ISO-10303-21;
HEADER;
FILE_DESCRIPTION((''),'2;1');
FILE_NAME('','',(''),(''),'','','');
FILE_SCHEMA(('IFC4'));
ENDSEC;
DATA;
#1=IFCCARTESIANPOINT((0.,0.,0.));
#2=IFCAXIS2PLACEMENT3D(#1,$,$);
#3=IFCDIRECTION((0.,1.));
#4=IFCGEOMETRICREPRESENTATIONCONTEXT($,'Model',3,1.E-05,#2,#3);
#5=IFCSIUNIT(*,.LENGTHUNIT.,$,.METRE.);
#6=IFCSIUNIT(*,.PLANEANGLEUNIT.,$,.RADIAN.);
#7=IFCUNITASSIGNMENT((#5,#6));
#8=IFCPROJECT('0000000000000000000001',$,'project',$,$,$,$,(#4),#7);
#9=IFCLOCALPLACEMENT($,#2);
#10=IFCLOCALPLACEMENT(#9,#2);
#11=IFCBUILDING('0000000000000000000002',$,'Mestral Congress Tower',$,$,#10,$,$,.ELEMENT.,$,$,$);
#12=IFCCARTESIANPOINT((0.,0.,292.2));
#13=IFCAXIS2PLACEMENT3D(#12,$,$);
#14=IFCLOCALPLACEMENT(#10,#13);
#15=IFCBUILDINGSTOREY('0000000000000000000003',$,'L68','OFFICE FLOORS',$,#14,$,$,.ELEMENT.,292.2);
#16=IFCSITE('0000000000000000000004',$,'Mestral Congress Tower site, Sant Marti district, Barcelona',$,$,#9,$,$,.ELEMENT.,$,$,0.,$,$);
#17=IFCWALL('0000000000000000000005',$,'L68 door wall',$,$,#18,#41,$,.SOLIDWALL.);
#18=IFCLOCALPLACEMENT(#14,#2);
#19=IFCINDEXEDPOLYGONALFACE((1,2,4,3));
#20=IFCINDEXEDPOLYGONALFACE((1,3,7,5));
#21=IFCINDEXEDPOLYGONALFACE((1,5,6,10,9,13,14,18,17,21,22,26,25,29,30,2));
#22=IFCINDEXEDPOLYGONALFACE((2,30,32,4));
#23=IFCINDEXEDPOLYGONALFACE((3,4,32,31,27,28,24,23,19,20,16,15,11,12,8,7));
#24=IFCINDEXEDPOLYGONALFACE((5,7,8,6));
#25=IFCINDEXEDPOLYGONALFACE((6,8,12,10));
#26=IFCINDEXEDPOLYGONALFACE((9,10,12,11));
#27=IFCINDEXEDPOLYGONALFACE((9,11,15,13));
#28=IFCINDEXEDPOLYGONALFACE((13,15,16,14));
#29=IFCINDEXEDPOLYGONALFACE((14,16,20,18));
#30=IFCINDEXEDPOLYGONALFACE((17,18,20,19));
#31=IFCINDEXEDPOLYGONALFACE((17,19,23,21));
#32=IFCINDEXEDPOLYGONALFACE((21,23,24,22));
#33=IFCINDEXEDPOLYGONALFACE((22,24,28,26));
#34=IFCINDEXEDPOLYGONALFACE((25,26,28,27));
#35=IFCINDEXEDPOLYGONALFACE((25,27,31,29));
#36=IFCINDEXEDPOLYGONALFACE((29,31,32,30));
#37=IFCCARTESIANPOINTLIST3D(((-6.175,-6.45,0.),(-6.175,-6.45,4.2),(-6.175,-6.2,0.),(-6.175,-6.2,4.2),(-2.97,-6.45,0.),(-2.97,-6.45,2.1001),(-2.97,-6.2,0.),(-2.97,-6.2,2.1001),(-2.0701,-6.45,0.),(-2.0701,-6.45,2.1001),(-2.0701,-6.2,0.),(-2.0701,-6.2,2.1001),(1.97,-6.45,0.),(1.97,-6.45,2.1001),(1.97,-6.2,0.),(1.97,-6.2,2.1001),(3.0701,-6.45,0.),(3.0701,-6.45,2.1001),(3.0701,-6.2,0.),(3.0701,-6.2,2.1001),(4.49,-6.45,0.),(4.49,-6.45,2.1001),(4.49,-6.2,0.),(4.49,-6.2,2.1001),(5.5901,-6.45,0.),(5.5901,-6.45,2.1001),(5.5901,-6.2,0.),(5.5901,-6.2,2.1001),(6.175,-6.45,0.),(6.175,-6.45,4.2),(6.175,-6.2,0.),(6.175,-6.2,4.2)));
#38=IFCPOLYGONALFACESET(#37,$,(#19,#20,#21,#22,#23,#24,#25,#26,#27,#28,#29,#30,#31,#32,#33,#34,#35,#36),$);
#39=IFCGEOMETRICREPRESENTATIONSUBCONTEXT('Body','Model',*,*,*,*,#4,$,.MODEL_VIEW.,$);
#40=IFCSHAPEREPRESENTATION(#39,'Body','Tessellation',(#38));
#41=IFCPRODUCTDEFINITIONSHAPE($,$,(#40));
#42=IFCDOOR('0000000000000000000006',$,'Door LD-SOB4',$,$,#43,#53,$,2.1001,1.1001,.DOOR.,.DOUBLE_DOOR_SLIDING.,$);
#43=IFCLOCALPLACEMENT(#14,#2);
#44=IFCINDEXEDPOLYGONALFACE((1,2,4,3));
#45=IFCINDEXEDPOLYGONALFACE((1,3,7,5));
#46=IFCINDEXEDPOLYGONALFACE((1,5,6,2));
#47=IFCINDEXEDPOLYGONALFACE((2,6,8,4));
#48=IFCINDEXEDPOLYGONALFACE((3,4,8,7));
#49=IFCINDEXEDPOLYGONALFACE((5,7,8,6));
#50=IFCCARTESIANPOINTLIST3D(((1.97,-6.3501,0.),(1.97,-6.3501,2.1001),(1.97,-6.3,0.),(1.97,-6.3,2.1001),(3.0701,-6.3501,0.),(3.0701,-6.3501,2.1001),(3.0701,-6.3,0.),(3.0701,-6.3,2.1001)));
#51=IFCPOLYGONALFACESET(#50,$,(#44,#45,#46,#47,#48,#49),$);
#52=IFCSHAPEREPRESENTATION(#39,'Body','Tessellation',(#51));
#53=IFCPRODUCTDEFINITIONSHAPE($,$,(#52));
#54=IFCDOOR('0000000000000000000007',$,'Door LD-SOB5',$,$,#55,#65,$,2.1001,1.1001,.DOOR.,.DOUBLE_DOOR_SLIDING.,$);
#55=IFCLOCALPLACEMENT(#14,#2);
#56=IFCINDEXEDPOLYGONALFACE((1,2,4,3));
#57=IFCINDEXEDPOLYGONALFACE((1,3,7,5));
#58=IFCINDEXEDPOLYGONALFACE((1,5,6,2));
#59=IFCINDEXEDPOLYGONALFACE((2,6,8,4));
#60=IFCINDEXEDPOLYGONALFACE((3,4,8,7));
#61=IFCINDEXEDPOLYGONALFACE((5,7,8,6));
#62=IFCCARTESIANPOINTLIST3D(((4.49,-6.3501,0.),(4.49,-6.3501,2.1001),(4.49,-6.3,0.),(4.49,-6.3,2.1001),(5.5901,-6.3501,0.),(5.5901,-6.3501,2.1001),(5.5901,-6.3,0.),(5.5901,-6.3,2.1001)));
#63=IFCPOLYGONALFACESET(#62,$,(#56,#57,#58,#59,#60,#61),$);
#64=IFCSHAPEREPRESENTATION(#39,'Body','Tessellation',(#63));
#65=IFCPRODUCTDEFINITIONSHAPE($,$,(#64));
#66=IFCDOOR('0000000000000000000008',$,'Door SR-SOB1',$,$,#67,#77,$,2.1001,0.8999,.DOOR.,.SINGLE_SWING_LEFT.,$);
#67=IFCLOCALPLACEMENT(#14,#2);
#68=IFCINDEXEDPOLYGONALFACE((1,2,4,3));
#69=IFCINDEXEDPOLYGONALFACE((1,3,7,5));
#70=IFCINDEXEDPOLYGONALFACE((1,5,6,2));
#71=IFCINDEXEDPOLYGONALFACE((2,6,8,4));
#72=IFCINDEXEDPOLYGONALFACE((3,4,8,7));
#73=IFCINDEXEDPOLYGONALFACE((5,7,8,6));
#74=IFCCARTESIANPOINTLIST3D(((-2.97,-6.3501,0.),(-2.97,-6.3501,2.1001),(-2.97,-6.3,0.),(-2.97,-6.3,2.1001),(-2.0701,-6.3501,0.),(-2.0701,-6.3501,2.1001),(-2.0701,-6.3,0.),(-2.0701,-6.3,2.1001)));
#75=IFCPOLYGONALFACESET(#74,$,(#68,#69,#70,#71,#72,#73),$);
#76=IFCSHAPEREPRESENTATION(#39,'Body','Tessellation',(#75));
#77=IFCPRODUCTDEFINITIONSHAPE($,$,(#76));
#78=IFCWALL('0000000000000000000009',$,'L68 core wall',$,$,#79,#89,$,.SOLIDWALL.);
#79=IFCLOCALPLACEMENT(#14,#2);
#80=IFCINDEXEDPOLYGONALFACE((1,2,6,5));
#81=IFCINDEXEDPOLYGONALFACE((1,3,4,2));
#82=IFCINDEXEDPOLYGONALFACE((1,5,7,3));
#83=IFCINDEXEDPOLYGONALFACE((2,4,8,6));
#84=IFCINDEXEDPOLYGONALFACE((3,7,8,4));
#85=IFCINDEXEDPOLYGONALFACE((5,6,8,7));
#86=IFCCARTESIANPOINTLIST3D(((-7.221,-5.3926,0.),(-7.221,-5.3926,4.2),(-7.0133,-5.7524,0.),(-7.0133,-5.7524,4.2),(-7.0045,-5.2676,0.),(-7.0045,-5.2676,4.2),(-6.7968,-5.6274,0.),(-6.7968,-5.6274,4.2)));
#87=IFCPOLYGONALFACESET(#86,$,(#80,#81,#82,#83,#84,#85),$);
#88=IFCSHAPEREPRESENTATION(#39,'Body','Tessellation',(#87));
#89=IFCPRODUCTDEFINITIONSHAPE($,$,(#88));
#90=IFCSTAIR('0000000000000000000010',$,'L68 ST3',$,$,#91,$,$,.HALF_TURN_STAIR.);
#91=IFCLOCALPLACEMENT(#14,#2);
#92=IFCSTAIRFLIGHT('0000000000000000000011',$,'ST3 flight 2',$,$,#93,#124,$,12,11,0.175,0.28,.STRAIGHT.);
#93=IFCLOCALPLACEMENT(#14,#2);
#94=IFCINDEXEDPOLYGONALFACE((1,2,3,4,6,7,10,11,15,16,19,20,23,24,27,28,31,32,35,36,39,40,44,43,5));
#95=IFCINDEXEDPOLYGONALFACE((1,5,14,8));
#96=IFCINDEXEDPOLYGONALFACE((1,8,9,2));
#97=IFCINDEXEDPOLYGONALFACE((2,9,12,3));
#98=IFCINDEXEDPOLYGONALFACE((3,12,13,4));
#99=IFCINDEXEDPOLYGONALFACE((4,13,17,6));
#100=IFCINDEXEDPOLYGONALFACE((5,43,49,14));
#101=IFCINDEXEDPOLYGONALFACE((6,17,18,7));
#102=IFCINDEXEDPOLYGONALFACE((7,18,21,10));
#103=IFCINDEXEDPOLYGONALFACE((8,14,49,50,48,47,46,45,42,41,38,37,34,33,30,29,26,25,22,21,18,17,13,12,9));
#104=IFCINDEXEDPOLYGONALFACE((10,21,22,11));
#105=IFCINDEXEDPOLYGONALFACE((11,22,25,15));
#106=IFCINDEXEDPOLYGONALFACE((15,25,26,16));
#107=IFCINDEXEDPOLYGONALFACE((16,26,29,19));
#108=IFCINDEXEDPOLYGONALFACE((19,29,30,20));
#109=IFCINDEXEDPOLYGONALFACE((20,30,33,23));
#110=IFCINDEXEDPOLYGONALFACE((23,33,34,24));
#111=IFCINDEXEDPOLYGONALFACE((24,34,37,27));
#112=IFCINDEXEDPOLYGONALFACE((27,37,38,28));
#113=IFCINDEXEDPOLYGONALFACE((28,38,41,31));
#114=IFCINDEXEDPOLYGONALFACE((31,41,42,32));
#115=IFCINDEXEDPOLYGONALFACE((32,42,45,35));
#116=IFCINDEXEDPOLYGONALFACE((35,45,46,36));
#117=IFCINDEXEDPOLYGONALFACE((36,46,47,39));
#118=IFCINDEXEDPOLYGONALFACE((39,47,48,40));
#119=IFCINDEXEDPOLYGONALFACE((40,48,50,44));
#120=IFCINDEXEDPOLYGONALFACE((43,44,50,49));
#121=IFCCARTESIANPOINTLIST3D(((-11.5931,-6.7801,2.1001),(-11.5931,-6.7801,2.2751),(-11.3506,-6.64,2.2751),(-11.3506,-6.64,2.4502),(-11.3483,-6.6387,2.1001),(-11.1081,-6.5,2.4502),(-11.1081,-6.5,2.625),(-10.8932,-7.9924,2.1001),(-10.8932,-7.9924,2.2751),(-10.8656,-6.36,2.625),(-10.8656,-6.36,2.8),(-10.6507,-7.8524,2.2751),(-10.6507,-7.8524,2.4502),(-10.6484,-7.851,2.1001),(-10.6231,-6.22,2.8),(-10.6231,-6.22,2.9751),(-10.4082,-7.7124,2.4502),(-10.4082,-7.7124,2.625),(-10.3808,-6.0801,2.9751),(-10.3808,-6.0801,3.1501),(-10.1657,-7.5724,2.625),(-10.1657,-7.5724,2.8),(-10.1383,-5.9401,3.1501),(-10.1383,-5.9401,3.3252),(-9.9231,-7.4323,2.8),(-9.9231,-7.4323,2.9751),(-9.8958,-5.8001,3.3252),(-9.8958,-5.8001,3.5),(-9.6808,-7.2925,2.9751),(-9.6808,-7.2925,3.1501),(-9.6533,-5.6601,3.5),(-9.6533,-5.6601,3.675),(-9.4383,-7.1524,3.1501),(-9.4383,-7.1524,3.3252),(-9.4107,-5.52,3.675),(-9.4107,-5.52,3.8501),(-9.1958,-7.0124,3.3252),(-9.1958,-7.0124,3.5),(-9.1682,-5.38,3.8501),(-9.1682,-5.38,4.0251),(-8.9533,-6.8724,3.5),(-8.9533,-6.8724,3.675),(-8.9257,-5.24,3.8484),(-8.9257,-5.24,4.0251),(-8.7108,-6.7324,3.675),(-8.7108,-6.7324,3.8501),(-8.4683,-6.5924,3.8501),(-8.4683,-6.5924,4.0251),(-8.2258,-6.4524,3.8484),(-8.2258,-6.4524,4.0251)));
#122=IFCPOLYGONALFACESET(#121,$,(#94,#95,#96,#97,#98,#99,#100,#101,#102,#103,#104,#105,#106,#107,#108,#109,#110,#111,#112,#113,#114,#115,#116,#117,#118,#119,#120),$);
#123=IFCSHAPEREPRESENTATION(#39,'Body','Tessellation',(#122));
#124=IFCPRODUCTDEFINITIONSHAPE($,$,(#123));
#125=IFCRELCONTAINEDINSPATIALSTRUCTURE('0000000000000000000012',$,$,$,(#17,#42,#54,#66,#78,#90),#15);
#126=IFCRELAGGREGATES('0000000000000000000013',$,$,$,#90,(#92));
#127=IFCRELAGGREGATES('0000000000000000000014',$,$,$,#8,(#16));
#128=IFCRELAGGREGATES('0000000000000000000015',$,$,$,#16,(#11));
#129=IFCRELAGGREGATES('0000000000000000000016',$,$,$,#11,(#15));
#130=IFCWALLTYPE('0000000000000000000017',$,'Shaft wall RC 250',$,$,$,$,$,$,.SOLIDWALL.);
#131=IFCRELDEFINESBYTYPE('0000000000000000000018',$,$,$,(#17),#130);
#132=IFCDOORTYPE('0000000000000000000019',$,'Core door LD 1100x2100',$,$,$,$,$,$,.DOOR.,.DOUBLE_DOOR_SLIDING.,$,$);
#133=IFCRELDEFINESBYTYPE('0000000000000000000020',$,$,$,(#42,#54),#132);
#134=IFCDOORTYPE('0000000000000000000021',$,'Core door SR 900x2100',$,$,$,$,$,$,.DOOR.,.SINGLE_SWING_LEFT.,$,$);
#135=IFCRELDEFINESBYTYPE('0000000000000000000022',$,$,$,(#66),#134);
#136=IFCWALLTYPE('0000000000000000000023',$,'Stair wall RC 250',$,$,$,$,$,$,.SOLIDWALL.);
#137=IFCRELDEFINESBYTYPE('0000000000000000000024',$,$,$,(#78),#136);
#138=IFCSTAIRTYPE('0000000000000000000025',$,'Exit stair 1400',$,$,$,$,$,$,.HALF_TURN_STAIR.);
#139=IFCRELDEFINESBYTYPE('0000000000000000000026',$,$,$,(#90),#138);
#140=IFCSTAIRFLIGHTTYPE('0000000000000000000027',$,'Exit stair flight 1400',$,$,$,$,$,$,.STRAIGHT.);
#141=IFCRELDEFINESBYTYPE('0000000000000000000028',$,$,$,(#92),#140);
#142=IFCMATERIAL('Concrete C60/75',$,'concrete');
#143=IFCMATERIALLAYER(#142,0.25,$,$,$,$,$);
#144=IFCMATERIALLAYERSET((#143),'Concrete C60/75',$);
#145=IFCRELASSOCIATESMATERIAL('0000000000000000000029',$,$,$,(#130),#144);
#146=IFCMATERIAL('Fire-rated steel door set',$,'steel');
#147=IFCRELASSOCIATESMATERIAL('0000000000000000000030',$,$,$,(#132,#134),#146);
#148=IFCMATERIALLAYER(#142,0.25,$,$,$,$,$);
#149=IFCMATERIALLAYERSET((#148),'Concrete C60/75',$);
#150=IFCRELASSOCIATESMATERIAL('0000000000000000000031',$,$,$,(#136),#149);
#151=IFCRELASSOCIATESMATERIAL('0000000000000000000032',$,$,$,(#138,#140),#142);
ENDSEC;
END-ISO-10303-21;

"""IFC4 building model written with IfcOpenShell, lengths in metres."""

from ifc_helpers import new_model, si_unit, direction, frame, frame_2d, origin, place, context, subcontext, project, spatial, polyline, rectangle, outline, extrude, material, layer, layer_set, type_object, element, fill, aggregate, save


model = new_model("IFC4")

# Units and contexts
model_context = context("Model", 3, precision=1e-05, world=origin(), true_north=direction((0.0, 1.0)))
body_context = subcontext(model_context, "Body", "Model", "MODEL_VIEW")
ifc_project = project(units=[si_unit("LENGTHUNIT", "METRE"), si_unit("PLANEANGLEUNIT", "RADIAN")], contexts=[model_context])

# Site, building, storey
site_placement = place(None, origin())
site = spatial("IfcSite", under=ifc_project, at=site_placement, Name="Mestral Congress Tower site, Sant Marti district, Barcelona", CompositionType="ELEMENT", RefElevation=0.0)
building_placement = place(site_placement, origin())
building = spatial("IfcBuilding", under=site, at=building_placement, Name="Mestral Congress Tower", CompositionType="ELEMENT")
storey_placement = place(building_placement, frame((0.0, 0.0, 292.2)))
storey = spatial("IfcBuildingStorey", under=building, at=storey_placement, Name="L68", Description="OFFICE FLOORS", CompositionType="ELEMENT", Elevation=292.2)

# Shared definitions
ifc_material_1 = material(Name="Concrete C60/75", Category="concrete")

# Shared definitions
ifc_material_2 = material(Name="Fire-rated steel door set", Category="steel")

# Shared definitions
ifc_layer_1 = layer(ifc_material_1, 0.25)
ifc_layer_set_1 = layer_set([ifc_layer_1], Name="Concrete C60/75")
wall_type_1 = type_object("IfcWallType", Name="Shaft wall RC 250", PredefinedType="SOLIDWALL", material=ifc_layer_set_1)

# Wall, openings, doors
wall_1_placement = place(storey_placement, frame((-6.175, -6.325, 0.0), z_axis=(0.0, 0.0, 1.0), x_axis=(1.0, 0.0, 0.0)))
wall_1 = element("IfcWall", 1, at=wall_1_placement, inside=storey, type_object=wall_type_1, Name="L68 door wall", PredefinedType="SOLIDWALL", context=body_context, shape_type="SweptSolid", body=[
    extrude(rectangle(XDim=12.3501, YDim=0.25, at=frame_2d((6.175, 0.0))), origin(), (0.0, 0.0, 1.0), 4.2),
])
opening_1_placement = place(wall_1_placement, frame((3.2051, 0.0, 0.0)))
opening_1 = element("IfcOpeningElement", 2, at=opening_1_placement, cuts=wall_1, PredefinedType="OPENING", context=body_context, shape_type="SweptSolid", body=[
    extrude(rectangle(XDim=0.8999, YDim=2.1001, at=frame_2d((0.45, 1.05))), frame((0.0, 0.135, 0.0), z_axis=(0.0, -1.0, 0.0), x_axis=(1.0, 0.0, 0.0)), (0.0, 0.0, 1.0), 0.27),
])
opening_2_placement = place(wall_1_placement, frame((8.145, 0.0, 0.0)))
opening_2 = element("IfcOpeningElement", 3, at=opening_2_placement, cuts=wall_1, PredefinedType="OPENING", context=body_context, shape_type="SweptSolid", body=[
    extrude(rectangle(XDim=1.1001, YDim=2.1001, at=frame_2d((0.55, 1.05))), frame((0.0, 0.135, 0.0), z_axis=(0.0, -1.0, 0.0), x_axis=(1.0, 0.0, 0.0)), (0.0, 0.0, 1.0), 0.27),
])
opening_3_placement = place(wall_1_placement, frame((10.665, 0.0, 0.0)))
opening_3 = element("IfcOpeningElement", 4, at=opening_3_placement, cuts=wall_1, PredefinedType="OPENING", context=body_context, shape_type="SweptSolid", body=[
    extrude(rectangle(XDim=1.1001, YDim=2.1001, at=frame_2d((0.55, 1.05))), frame((0.0, 0.135, 0.0), z_axis=(0.0, -1.0, 0.0), x_axis=(1.0, 0.0, 0.0)), (0.0, 0.0, 1.0), 0.27),
])
door_type_1 = type_object("IfcDoorType", Name="Core door LD 1100x2100", OperationType="DOUBLE_DOOR_SLIDING", PredefinedType="DOOR", material=ifc_material_2)
door_1_placement = place(opening_2_placement, origin())
door_1 = element("IfcDoor", 5, at=door_1_placement, inside=storey, type_object=door_type_1, Name="Door LD-SOB4", OperationType="DOUBLE_DOOR_SLIDING", OverallHeight=2.1001, OverallWidth=1.1001, PredefinedType="DOOR", context=body_context, shape_type="SweptSolid", body=[
    extrude(rectangle(XDim=1.1001, YDim=2.1001, at=frame_2d((0.55, 1.05))), frame((0.0, 0.0249, 0.0), z_axis=(0.0, -1.0, 0.0), x_axis=(1.0, 0.0, 0.0)), (0.0, 0.0, 1.0), 0.05),
])
fill(opening_2, door_1)
door_2_placement = place(opening_3_placement, origin())
door_2 = element("IfcDoor", 6, at=door_2_placement, inside=storey, type_object=door_type_1, Name="Door LD-SOB5", OperationType="DOUBLE_DOOR_SLIDING", OverallHeight=2.1001, OverallWidth=1.1001, PredefinedType="DOOR", context=body_context, shape_type="SweptSolid", body=[
    extrude(rectangle(XDim=1.1001, YDim=2.1001, at=frame_2d((0.55, 1.05))), frame((0.0, 0.0249, 0.0), z_axis=(0.0, -1.0, 0.0), x_axis=(1.0, 0.0, 0.0)), (0.0, 0.0, 1.0), 0.05),
])
fill(opening_3, door_2)
door_type_2 = type_object("IfcDoorType", Name="Core door SR 900x2100", OperationType="SINGLE_SWING_LEFT", PredefinedType="DOOR", material=ifc_material_2)
door_3_placement = place(opening_1_placement, origin())
door_3 = element("IfcDoor", 7, at=door_3_placement, inside=storey, type_object=door_type_2, Name="Door SR-SOB1", OperationType="SINGLE_SWING_LEFT", OverallHeight=2.1001, OverallWidth=0.8999, PredefinedType="DOOR", context=body_context, shape_type="SweptSolid", body=[
    extrude(rectangle(XDim=0.8999, YDim=2.1001, at=frame_2d((0.45, 1.05))), frame((0.0, 0.0249, 0.0), z_axis=(0.0, -1.0, 0.0), x_axis=(1.0, 0.0, 0.0)), (0.0, 0.0, 1.0), 0.05),
])
fill(opening_1, door_3)

# Wall
ifc_layer_2 = layer(ifc_material_1, 0.25)
ifc_layer_set_2 = layer_set([ifc_layer_2], Name="Concrete C60/75")
wall_type_2 = type_object("IfcWallType", Name="Stair wall RC 250", PredefinedType="SOLIDWALL", material=ifc_layer_set_2)
wall_2_placement = place(storey_placement, frame((-6.905, -5.6899, 0.0), z_axis=(0.0, 0.0, 1.0), x_axis=(-0.499994, 0.866029, 0.0)))
element("IfcWall", 8, at=wall_2_placement, inside=storey, type_object=wall_type_2, Name="L68 core wall", PredefinedType="SOLIDWALL", context=body_context, shape_type="SweptSolid", body=[
    extrude(rectangle(XDim=0.4155, YDim=0.25, at=frame_2d((0.2078, 0.0))), origin(), (0.0, 0.0, 1.0), 4.2),
])

# Stair, stair flight
stair_type = type_object("IfcStairType", Name="Exit stair 1400", PredefinedType="HALF_TURN_STAIR", material=ifc_material_1)
stair_placement = place(storey_placement, origin())
stair = element("IfcStair", 9, at=stair_placement, inside=storey, type_object=stair_type, Name="L68 ST3", PredefinedType="HALF_TURN_STAIR")
stair_flight_type = type_object("IfcStairFlightType", Name="Exit stair flight 1400", PredefinedType="STRAIGHT", material=ifc_material_1)
stair_flight_placement = place(storey_placement, frame((-11.2432, -7.3862, 2.1001), z_axis=(0.0, 0.0, 1.0), x_axis=(0.866025, 0.5, 0.0)))
stair_flight = element("IfcStairFlight", 10, at=stair_flight_placement, type_object=stair_flight_type, Name="ST3 flight 2", NumberOfRisers=12, NumberOfTreads=11, PredefinedType="STRAIGHT", RiserHeight=0.175, TreadLength=0.28, context=body_context, shape_type="SweptSolid", body=[
    extrude(outline(polyline([(0.0, 0.0), (0.0, 0.175), (0.28, 0.175), (0.28, 0.3501), (0.5601, 0.3501), (0.5601, 0.5249), (0.8401, 0.5249), (0.8401, 0.7), (1.1201, 0.7), (1.1201, 0.875), (1.3999, 0.875), (1.3999, 1.05), (1.6799, 1.05), (1.6799, 1.2251), (1.96, 1.2251), (1.96, 1.3999), (2.24, 1.3999), (2.24, 1.575), (2.52, 1.575), (2.52, 1.75), (2.8, 1.75), (2.8, 1.925), (3.0801, 1.925), (3.0801, 2.1001), (3.0801, 1.7483), (0.2827, 0.0), (0.0, 0.0)])), frame((0.0, 0.7, 0.0), z_axis=(0.0, -1.0, 0.0), x_axis=(1.0, 0.0, 0.0)), (0.0, 0.0, 1.0), 1.3999),
])
aggregate(stair, [stair_flight])

save(model, "model.ifc")
